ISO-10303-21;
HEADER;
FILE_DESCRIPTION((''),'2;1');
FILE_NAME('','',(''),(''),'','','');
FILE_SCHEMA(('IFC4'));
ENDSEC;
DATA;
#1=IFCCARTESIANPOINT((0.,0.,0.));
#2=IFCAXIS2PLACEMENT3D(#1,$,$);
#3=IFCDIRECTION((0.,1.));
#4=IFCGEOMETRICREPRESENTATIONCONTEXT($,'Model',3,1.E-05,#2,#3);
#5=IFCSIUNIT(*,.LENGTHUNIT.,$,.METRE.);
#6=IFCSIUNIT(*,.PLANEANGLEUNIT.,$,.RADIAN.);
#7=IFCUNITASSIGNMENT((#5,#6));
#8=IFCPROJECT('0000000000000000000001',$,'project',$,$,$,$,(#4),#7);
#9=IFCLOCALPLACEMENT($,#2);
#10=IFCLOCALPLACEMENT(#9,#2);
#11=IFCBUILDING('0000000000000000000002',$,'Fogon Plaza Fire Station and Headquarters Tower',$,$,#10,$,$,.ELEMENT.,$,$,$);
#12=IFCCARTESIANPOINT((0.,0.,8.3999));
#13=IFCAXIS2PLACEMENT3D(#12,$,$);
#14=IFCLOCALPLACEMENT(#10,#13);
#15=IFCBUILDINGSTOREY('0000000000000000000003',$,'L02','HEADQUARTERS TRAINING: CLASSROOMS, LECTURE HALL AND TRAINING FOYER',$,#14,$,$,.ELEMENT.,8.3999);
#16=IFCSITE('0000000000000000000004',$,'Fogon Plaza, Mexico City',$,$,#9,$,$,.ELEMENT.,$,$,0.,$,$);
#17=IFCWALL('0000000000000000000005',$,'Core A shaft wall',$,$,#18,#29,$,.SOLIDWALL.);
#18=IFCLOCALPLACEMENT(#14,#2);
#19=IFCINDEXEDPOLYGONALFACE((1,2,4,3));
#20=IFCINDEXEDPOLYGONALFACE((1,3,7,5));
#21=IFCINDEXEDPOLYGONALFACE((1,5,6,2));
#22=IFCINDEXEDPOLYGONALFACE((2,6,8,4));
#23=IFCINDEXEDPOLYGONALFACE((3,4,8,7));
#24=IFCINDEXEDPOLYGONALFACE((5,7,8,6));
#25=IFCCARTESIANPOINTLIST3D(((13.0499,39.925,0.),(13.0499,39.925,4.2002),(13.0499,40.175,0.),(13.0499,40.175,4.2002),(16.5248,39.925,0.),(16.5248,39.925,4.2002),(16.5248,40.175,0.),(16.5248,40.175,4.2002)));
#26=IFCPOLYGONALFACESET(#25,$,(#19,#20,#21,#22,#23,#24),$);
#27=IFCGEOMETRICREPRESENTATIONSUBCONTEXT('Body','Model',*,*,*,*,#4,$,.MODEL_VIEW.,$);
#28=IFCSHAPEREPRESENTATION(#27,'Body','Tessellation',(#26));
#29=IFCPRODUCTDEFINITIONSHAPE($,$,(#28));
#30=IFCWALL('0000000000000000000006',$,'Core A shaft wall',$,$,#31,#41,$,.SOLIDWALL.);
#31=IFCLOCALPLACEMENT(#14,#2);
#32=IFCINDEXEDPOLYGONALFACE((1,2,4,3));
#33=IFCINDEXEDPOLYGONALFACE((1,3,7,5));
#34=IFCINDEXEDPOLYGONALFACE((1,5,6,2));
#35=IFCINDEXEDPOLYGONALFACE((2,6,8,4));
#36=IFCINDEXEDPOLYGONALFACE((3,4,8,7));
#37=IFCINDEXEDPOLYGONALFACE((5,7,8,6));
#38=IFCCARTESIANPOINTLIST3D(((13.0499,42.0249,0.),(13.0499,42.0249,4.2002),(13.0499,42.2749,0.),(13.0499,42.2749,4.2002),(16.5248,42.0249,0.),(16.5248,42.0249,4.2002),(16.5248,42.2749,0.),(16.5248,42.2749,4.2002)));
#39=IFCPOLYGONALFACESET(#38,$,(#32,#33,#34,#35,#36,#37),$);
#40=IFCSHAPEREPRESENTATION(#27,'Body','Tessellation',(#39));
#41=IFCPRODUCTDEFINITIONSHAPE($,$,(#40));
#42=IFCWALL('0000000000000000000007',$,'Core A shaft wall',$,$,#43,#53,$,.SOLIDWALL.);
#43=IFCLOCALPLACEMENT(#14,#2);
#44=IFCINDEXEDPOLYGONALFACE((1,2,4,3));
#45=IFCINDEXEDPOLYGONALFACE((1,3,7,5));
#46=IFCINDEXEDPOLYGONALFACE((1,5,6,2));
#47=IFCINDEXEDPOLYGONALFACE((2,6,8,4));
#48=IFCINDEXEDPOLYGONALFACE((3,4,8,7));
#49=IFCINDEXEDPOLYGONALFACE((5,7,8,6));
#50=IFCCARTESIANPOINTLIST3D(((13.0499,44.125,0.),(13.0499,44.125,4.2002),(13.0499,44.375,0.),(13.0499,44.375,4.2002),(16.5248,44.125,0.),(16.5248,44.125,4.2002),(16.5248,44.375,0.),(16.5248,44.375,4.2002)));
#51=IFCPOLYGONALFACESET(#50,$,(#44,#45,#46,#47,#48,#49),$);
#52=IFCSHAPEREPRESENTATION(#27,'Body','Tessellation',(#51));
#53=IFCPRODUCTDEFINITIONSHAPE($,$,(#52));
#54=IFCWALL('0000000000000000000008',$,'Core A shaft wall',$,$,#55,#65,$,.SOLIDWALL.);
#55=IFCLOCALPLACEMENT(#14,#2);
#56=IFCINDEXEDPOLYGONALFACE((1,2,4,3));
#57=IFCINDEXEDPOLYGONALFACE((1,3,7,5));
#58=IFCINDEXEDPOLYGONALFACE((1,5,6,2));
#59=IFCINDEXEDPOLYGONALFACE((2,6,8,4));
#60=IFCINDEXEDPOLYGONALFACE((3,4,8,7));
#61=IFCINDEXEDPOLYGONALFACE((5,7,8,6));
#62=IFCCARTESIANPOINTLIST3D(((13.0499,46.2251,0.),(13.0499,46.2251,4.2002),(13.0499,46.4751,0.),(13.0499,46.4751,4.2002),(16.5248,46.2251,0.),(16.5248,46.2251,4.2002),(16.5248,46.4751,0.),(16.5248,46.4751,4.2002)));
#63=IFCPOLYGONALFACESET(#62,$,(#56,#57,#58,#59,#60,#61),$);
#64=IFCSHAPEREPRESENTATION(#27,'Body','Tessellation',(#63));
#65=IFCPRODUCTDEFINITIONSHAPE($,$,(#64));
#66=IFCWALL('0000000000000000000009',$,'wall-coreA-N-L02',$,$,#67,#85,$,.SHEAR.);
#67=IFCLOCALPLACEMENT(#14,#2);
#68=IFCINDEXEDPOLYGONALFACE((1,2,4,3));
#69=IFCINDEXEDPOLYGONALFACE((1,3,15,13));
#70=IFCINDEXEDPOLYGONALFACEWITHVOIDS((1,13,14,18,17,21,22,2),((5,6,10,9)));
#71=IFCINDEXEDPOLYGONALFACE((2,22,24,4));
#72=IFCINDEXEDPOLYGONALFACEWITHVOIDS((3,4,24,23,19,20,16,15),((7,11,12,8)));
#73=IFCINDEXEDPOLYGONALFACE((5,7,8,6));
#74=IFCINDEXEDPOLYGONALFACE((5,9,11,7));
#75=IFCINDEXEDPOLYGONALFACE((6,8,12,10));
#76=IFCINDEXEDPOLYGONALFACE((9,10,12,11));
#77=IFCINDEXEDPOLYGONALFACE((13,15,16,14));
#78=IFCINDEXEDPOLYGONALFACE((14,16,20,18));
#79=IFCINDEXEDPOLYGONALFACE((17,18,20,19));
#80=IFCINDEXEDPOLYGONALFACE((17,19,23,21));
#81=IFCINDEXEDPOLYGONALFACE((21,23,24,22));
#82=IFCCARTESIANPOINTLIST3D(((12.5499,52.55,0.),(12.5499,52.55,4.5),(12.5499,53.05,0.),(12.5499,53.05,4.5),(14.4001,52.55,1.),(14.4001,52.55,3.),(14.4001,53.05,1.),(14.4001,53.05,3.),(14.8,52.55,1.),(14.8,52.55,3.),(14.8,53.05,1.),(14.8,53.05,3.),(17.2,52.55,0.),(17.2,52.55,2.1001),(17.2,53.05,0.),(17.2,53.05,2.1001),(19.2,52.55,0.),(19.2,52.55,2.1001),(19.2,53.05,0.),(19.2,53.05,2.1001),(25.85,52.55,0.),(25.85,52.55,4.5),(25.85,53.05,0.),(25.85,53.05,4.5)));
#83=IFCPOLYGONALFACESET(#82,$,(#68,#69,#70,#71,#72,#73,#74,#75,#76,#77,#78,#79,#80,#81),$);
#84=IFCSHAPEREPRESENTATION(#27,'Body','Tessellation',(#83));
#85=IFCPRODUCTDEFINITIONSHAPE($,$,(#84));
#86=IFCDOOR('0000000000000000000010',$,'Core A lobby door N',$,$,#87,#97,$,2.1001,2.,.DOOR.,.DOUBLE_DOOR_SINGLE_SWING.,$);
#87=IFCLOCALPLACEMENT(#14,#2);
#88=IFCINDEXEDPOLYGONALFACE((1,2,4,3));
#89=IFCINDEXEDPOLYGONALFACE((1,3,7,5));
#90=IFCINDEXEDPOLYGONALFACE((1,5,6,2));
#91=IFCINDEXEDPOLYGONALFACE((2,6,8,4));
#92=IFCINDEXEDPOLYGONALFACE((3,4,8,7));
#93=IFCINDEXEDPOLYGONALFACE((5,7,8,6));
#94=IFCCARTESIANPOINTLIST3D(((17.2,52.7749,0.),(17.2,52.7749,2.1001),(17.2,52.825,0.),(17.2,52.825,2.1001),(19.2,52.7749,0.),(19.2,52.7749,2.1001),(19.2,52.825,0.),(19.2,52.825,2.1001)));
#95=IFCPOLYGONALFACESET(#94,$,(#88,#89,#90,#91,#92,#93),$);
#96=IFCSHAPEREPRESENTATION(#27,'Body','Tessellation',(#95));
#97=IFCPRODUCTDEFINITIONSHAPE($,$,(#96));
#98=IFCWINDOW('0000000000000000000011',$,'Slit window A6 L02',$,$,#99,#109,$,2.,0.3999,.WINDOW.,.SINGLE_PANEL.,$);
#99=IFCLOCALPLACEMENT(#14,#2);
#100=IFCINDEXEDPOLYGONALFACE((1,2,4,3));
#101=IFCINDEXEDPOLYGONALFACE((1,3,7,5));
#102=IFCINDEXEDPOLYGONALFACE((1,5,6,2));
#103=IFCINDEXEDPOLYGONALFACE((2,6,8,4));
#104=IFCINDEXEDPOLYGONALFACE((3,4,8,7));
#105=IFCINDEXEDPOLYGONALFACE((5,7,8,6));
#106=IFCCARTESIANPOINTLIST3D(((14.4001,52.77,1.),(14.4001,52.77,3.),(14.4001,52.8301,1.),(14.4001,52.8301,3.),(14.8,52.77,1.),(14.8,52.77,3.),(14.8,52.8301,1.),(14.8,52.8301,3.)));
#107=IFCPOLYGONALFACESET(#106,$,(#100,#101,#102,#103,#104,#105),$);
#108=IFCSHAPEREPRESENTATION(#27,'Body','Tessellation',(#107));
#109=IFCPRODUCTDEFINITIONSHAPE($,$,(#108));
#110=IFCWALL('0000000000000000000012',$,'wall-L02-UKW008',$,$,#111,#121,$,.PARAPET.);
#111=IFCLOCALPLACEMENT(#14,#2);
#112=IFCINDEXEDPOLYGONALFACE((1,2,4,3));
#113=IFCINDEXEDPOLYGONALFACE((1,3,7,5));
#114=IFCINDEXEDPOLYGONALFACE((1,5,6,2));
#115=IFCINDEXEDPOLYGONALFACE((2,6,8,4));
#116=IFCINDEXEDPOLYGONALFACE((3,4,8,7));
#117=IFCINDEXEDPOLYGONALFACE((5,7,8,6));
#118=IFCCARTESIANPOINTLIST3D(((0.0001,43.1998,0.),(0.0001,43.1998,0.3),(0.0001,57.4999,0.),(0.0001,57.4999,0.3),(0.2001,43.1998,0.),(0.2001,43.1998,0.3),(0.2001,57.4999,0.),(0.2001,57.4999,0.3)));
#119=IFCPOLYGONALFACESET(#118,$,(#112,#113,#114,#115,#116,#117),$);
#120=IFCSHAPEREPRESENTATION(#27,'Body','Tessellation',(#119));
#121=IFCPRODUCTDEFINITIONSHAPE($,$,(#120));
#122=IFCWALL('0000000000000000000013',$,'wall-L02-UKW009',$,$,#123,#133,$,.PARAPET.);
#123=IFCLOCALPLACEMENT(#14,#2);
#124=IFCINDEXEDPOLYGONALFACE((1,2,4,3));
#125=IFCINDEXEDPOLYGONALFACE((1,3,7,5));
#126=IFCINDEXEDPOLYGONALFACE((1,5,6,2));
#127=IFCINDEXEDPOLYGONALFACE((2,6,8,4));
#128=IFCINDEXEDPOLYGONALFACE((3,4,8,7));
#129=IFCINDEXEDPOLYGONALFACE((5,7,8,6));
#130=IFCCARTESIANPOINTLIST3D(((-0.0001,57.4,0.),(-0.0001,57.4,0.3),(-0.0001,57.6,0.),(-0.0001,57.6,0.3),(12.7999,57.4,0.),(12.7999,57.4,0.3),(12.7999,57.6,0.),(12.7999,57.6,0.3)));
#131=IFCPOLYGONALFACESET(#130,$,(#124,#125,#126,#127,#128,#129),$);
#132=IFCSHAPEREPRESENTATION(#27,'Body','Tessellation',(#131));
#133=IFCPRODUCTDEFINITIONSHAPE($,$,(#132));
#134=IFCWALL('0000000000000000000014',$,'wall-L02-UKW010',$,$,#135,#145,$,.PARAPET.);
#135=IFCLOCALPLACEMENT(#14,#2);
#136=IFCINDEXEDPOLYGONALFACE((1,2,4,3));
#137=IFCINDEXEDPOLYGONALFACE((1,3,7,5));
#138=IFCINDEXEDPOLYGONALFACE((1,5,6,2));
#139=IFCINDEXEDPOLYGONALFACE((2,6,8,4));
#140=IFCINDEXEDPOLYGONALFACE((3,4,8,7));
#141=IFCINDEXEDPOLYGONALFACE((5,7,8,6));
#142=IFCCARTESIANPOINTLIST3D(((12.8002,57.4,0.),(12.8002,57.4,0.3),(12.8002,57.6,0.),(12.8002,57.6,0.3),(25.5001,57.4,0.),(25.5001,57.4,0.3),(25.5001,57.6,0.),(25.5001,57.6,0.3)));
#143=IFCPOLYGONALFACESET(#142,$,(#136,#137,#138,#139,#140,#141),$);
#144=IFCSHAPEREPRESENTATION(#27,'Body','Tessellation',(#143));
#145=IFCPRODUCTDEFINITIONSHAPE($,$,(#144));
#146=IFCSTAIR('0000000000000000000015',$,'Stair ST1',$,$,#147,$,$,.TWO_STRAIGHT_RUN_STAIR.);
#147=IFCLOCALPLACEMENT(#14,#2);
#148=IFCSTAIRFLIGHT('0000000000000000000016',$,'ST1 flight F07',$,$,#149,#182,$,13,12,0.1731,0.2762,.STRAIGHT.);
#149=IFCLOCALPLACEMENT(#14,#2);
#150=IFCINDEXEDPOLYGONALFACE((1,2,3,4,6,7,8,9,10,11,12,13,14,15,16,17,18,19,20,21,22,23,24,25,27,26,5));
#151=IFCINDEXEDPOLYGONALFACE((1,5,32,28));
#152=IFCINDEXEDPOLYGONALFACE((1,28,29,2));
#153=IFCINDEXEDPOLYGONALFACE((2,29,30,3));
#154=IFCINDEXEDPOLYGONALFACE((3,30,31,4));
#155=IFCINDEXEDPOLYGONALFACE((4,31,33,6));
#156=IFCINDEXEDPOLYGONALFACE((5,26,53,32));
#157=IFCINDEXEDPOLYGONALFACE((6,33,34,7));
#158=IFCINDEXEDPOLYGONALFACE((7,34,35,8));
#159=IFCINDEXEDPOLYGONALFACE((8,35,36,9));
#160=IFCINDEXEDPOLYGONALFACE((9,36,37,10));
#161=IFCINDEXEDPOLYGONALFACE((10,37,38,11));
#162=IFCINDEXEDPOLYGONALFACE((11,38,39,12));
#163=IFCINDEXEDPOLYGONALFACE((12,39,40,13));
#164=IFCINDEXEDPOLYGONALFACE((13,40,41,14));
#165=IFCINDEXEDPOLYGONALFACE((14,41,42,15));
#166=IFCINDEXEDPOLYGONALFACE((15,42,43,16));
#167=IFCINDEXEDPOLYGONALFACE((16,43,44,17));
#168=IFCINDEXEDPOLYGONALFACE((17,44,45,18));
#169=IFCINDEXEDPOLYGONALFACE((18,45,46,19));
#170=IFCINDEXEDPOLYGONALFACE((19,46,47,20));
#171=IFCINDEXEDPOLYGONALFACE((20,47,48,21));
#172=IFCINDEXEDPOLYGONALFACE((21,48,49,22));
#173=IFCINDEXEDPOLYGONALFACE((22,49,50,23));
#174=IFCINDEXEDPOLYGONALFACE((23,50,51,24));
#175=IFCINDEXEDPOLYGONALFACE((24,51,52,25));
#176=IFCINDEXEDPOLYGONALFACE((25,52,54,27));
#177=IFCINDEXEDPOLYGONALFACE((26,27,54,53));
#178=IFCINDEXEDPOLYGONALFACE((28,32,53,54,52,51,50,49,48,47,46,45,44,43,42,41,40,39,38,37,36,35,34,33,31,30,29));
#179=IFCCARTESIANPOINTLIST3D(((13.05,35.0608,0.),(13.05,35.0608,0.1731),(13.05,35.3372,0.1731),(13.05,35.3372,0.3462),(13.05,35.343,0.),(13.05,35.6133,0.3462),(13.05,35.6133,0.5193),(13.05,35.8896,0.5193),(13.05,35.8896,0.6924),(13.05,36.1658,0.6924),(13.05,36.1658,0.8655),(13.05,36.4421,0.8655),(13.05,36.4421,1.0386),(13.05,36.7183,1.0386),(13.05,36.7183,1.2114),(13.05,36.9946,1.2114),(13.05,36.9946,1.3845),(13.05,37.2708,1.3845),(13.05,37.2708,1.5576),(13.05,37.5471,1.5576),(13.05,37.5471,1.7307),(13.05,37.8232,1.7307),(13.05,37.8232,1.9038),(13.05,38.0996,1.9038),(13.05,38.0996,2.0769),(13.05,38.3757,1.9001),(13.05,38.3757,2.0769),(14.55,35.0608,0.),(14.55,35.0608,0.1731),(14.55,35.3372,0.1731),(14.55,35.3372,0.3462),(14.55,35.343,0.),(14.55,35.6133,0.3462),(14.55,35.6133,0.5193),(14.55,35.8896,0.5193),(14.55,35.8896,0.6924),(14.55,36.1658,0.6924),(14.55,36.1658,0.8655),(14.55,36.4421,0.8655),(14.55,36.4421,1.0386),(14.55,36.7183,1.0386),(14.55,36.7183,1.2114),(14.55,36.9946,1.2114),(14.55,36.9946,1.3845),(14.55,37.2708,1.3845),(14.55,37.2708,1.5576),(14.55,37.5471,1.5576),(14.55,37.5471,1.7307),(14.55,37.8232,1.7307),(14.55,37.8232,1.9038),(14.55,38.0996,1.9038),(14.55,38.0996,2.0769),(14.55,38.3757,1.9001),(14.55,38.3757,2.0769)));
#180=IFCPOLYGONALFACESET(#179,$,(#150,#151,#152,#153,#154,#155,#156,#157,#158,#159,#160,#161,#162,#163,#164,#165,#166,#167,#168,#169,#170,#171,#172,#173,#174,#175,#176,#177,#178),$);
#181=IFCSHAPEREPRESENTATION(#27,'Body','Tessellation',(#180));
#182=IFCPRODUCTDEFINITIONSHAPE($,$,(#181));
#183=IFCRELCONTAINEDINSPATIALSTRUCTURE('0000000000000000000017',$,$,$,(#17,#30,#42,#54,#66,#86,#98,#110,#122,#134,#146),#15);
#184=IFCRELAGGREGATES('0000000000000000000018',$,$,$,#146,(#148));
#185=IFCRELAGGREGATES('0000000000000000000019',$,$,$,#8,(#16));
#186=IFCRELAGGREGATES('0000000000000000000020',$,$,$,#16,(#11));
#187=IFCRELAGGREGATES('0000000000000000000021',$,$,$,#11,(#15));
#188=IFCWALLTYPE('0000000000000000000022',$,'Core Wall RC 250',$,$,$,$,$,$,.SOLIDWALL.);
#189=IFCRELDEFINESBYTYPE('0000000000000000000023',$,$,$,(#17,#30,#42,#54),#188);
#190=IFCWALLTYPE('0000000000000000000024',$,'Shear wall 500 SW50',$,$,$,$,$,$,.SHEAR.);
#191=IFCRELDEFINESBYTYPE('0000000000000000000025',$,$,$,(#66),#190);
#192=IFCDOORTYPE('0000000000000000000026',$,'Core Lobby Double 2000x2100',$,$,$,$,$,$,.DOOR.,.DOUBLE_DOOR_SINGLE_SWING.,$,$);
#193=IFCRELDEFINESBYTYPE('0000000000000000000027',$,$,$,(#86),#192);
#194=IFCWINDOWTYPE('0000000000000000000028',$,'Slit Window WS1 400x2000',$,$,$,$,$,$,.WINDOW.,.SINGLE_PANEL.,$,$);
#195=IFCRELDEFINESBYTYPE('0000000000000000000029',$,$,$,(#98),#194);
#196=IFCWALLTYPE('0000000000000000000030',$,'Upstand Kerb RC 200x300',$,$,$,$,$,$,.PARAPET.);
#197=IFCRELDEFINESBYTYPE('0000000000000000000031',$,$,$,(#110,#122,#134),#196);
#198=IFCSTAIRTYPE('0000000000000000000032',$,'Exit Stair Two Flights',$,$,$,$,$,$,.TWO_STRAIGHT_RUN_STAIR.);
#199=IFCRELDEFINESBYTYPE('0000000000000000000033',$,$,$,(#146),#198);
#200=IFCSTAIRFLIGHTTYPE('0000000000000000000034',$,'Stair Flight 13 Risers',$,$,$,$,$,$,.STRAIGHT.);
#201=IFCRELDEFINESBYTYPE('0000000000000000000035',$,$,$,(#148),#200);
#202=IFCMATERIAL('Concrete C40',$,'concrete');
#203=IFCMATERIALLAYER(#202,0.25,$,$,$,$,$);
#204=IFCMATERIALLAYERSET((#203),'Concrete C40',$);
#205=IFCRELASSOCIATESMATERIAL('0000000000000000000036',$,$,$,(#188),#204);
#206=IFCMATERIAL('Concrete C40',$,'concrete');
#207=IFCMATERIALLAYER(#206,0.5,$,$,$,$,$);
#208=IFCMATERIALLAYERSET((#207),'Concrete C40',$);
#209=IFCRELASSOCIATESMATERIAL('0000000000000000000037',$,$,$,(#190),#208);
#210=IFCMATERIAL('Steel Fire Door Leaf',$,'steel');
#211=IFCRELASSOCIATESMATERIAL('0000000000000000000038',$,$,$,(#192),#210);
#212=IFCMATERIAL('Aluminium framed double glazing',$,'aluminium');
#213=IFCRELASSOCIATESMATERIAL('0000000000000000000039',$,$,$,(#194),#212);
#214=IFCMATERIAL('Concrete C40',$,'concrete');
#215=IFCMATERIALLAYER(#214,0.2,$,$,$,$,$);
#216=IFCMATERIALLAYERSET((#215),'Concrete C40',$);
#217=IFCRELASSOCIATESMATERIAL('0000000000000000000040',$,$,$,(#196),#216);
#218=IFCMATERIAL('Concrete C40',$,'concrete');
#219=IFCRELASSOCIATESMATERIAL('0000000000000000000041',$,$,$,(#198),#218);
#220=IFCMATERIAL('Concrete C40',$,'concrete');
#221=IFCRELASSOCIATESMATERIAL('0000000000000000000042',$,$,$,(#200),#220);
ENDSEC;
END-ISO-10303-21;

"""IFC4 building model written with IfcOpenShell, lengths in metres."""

from ifc_helpers import new_model, si_unit, direction, frame, frame_2d, origin, place, context, subcontext, project, spatial, polyline, rectangle, outline, extrude, material, layer, layer_set, type_object, element, fill, aggregate, save


model = new_model("IFC4")

# Units and contexts
model_context = context("Model", 3, precision=1e-05, world=origin(), true_north=direction((0.0, 1.0)))
body_context = subcontext(model_context, "Body", "Model", "MODEL_VIEW")
ifc_project = project(units=[si_unit("LENGTHUNIT", "METRE"), si_unit("PLANEANGLEUNIT", "RADIAN")], contexts=[model_context])

# Site, building, storey
site_placement = place(None, origin())
site = spatial("IfcSite", under=ifc_project, at=site_placement, Name="Fogon Plaza, Mexico City", CompositionType="ELEMENT", RefElevation=0.0)
building_placement = place(site_placement, origin())
building = spatial("IfcBuilding", under=site, at=building_placement, Name="Fogon Plaza Fire Station and Headquarters Tower", CompositionType="ELEMENT")
storey_placement = place(building_placement, frame((0.0, 0.0, 8.3999)))
storey = spatial("IfcBuildingStorey", under=building, at=storey_placement, Name="L02", Description="HEADQUARTERS TRAINING: CLASSROOMS, LECTURE HALL AND TRAINING FOYER", CompositionType="ELEMENT", Elevation=8.3999)

# Walls
ifc_material_1 = material(Name="Concrete C40", Category="concrete")
ifc_layer_1 = layer(ifc_material_1, 0.25)
ifc_layer_set_1 = layer_set([ifc_layer_1], Name="Concrete C40")
wall_type_1 = type_object("IfcWallType", Name="Core Wall RC 250", PredefinedType="SOLIDWALL", material=ifc_layer_set_1)
for number, where, z_axis, x_axis, name in (
    (1, (13.05, 40.05, 0.0), (0.0, 0.0, 1.0), (1.0, 0.0, 0.0), "Core A shaft wall"),
    (2, (13.05, 42.1499, 0.0), (0.0, 0.0, 1.0), (1.0, 0.0, 0.0), "Core A shaft wall"),
    (3, (13.05, 44.25, 0.0), (0.0, 0.0, 1.0), (1.0, 0.0, 0.0), "Core A shaft wall"),
    (4, (13.05, 46.3501, 0.0), (0.0, 0.0, 1.0), (1.0, 0.0, 0.0), "Core A shaft wall"),
):
    element("IfcWall", number, at=place(storey_placement, frame(where, z_axis=z_axis, x_axis=x_axis)), inside=storey, type_object=wall_type_1, Name=name, PredefinedType="SOLIDWALL", context=body_context, shape_type="SweptSolid", body=[
        extrude(rectangle(XDim=3.4749, YDim=0.25, at=frame_2d((1.7373, 0.0))), origin(), (0.0, 0.0, 1.0), 4.2002),
    ])

# Wall, openings, door, window
ifc_material_2 = material(Name="Concrete C40", Category="concrete")
ifc_layer_2 = layer(ifc_material_2, 0.5)
ifc_layer_set_2 = layer_set([ifc_layer_2], Name="Concrete C40")
wall_type_2 = type_object("IfcWallType", Name="Shear wall 500 SW50", PredefinedType="SHEAR", material=ifc_layer_set_2)
wall_1_placement = place(storey_placement, frame((12.55, 52.8, 0.0), z_axis=(0.0, 0.0, 1.0), x_axis=(1.0, 0.0, 0.0)))
wall_1 = element("IfcWall", 5, at=wall_1_placement, inside=storey, type_object=wall_type_2, Name="wall-coreA-N-L02", PredefinedType="SHEAR", context=body_context, shape_type="SweptSolid", body=[
    extrude(rectangle(XDim=13.3, YDim=0.5, at=frame_2d((6.6499, 0.0))), origin(), (0.0, 0.0, 1.0), 4.5),
])
opening_1_placement = place(wall_1_placement, frame((1.8501, 0.0, 1.0)))
opening_1 = element("IfcOpeningElement", 6, at=opening_1_placement, cuts=wall_1, PredefinedType="OPENING", context=body_context, shape_type="SweptSolid", body=[
    extrude(rectangle(XDim=0.3999, YDim=2.0, at=frame_2d((0.2, 1.0))), frame((0.0, 0.26, 0.0), z_axis=(0.0, -1.0, 0.0), x_axis=(1.0, 0.0, 0.0)), (0.0, 0.0, 1.0), 0.52),
])
opening_2_placement = place(wall_1_placement, frame((4.6499, 0.0, 0.0)))
opening_2 = element("IfcOpeningElement", 7, at=opening_2_placement, cuts=wall_1, PredefinedType="OPENING", context=body_context, shape_type="SweptSolid", body=[
    extrude(rectangle(XDim=2.0, YDim=2.1001, at=frame_2d((1.0, 1.05))), frame((0.0, 0.26, 0.0), z_axis=(0.0, -1.0, 0.0), x_axis=(1.0, 0.0, 0.0)), (0.0, 0.0, 1.0), 0.52),
])
ifc_material_3 = material(Name="Steel Fire Door Leaf", Category="steel")
door_type = type_object("IfcDoorType", Name="Core Lobby Double 2000x2100", OperationType="DOUBLE_DOOR_SINGLE_SWING", PredefinedType="DOOR", material=ifc_material_3)
door_placement = place(opening_2_placement, origin())
door = element("IfcDoor", 8, at=door_placement, inside=storey, type_object=door_type, Name="Core A lobby door N", OperationType="DOUBLE_DOOR_SINGLE_SWING", OverallHeight=2.1001, OverallWidth=2.0, PredefinedType="DOOR", context=body_context, shape_type="SweptSolid", body=[
    extrude(rectangle(XDim=2.0, YDim=2.1001, at=frame_2d((1.0, 1.05))), frame((0.0, 0.0249, 0.0), z_axis=(0.0, -1.0, 0.0), x_axis=(1.0, 0.0, 0.0)), (0.0, 0.0, 1.0), 0.05),
])
fill(opening_2, door)
ifc_material_4 = material(Name="Aluminium framed double glazing", Category="aluminium")
window_type = type_object("IfcWindowType", Name="Slit Window WS1 400x2000", PartitioningType="SINGLE_PANEL", PredefinedType="WINDOW", material=ifc_material_4)
window_placement = place(opening_1_placement, origin())
window = element("IfcWindow", 9, at=window_placement, inside=storey, type_object=window_type, Name="Slit window A6 L02", OverallHeight=2.0, OverallWidth=0.3999, PartitioningType="SINGLE_PANEL", PredefinedType="WINDOW", context=body_context, shape_type="SweptSolid", body=[
    extrude(rectangle(XDim=0.3999, YDim=2.0, at=frame_2d((0.2, 1.0))), frame((0.0, 0.03, 0.0), z_axis=(0.0, -1.0, 0.0), x_axis=(1.0, 0.0, 0.0)), (0.0, 0.0, 1.0), 0.0601),
])
fill(opening_1, window)

# Walls
ifc_material_5 = material(Name="Concrete C40", Category="concrete")
ifc_layer_3 = layer(ifc_material_5, 0.2)
ifc_layer_set_3 = layer_set([ifc_layer_3], Name="Concrete C40")
wall_type_3 = type_object("IfcWallType", Name="Upstand Kerb RC 200x300", PredefinedType="PARAPET", material=ifc_layer_set_3)
wall_2_placement = place(storey_placement, frame((0.1001, 43.2, 0.0), z_axis=(0.0, 0.0, 1.0), x_axis=(0.0, 1.0, 0.0)))
element("IfcWall", 10, at=wall_2_placement, inside=storey, type_object=wall_type_3, Name="wall-L02-UKW008", PredefinedType="PARAPET", context=body_context, shape_type="SweptSolid", body=[
    extrude(rectangle(XDim=14.3, YDim=0.2, at=frame_2d((7.1499, 0.0))), origin(), (0.0, 0.0, 1.0), 0.3),
])
wall_3_placement = place(storey_placement, frame((0.0, 57.5, 0.0), z_axis=(0.0, 0.0, 1.0), x_axis=(1.0, 0.0, 0.0)))
element("IfcWall", 11, at=wall_3_placement, inside=storey, type_object=wall_type_3, Name="wall-L02-UKW009", PredefinedType="PARAPET", context=body_context, shape_type="SweptSolid", body=[
    extrude(rectangle(XDim=12.8, YDim=0.2, at=frame_2d((6.3999, 0.0))), origin(), (0.0, 0.0, 1.0), 0.3),
])
wall_4_placement = place(storey_placement, frame((12.8, 57.5, 0.0), z_axis=(0.0, 0.0, 1.0), x_axis=(1.0, 0.0, 0.0)))
element("IfcWall", 12, at=wall_4_placement, inside=storey, type_object=wall_type_3, Name="wall-L02-UKW010", PredefinedType="PARAPET", context=body_context, shape_type="SweptSolid", body=[
    extrude(rectangle(XDim=12.7, YDim=0.2, at=frame_2d((6.3501, 0.0))), origin(), (0.0, 0.0, 1.0), 0.3),
])

# Stair, stair flight
ifc_material_6 = material(Name="Concrete C40", Category="concrete")
stair_type = type_object("IfcStairType", Name="Exit Stair Two Flights", PredefinedType="TWO_STRAIGHT_RUN_STAIR", material=ifc_material_6)
stair_1_placement = place(storey_placement, origin())
stair_1 = element("IfcStair", 13, at=stair_1_placement, inside=storey, type_object=stair_type, Name="Stair ST1", PredefinedType="TWO_STRAIGHT_RUN_STAIR")
ifc_material_7 = material(Name="Concrete C40", Category="concrete")
stair_flight_type = type_object("IfcStairFlightType", Name="Stair Flight 13 Risers", PredefinedType="STRAIGHT", material=ifc_material_7)
stair_flight_1_placement = place(storey_placement, frame((13.8, 35.0608, 0.0), z_axis=(0.0, 0.0, 1.0), x_axis=(0.0, 1.0, 0.0)))
stair_flight_1 = element("IfcStairFlight", 14, at=stair_flight_1_placement, type_object=stair_flight_type, Name="ST1 flight F07", NumberOfRisers=13, NumberOfTreads=12, PredefinedType="STRAIGHT", RiserHeight=0.1731, TreadLength=0.2762, context=body_context, shape_type="SweptSolid", body=[
    extrude(outline(polyline([(0.0, 0.0), (0.0, 0.1731), (0.2764, 0.1731), (0.2764, 0.3462), (0.5525, 0.3462), (0.5525, 0.5193), (0.8289, 0.5193), (0.8289, 0.6924), (1.105, 0.6924), (1.105, 0.8655), (1.3813, 0.8655), (1.3813, 1.0386), (1.6575, 1.0386), (1.6575, 1.2114), (1.9338, 1.2114), (1.9338, 1.3845), (2.21, 1.3845), (2.21, 1.5576), (2.4863, 1.5576), (2.4863, 1.7307), (2.7625, 1.7307), (2.7625, 1.9038), (3.0388, 1.9038), (3.0388, 2.0769), (3.3149, 2.0769), (3.3149, 2.25), (3.3149, 1.9001), (0.2822, 0.0), (0.0, 0.0)])), frame((0.0, 0.75, 0.0), z_axis=(0.0, -1.0, 0.0), x_axis=(1.0, 0.0, 0.0)), (0.0, 0.0, 1.0), 1.5),
])
aggregate(stair_1, [stair_flight_1])

save(model, "model.ifc")
